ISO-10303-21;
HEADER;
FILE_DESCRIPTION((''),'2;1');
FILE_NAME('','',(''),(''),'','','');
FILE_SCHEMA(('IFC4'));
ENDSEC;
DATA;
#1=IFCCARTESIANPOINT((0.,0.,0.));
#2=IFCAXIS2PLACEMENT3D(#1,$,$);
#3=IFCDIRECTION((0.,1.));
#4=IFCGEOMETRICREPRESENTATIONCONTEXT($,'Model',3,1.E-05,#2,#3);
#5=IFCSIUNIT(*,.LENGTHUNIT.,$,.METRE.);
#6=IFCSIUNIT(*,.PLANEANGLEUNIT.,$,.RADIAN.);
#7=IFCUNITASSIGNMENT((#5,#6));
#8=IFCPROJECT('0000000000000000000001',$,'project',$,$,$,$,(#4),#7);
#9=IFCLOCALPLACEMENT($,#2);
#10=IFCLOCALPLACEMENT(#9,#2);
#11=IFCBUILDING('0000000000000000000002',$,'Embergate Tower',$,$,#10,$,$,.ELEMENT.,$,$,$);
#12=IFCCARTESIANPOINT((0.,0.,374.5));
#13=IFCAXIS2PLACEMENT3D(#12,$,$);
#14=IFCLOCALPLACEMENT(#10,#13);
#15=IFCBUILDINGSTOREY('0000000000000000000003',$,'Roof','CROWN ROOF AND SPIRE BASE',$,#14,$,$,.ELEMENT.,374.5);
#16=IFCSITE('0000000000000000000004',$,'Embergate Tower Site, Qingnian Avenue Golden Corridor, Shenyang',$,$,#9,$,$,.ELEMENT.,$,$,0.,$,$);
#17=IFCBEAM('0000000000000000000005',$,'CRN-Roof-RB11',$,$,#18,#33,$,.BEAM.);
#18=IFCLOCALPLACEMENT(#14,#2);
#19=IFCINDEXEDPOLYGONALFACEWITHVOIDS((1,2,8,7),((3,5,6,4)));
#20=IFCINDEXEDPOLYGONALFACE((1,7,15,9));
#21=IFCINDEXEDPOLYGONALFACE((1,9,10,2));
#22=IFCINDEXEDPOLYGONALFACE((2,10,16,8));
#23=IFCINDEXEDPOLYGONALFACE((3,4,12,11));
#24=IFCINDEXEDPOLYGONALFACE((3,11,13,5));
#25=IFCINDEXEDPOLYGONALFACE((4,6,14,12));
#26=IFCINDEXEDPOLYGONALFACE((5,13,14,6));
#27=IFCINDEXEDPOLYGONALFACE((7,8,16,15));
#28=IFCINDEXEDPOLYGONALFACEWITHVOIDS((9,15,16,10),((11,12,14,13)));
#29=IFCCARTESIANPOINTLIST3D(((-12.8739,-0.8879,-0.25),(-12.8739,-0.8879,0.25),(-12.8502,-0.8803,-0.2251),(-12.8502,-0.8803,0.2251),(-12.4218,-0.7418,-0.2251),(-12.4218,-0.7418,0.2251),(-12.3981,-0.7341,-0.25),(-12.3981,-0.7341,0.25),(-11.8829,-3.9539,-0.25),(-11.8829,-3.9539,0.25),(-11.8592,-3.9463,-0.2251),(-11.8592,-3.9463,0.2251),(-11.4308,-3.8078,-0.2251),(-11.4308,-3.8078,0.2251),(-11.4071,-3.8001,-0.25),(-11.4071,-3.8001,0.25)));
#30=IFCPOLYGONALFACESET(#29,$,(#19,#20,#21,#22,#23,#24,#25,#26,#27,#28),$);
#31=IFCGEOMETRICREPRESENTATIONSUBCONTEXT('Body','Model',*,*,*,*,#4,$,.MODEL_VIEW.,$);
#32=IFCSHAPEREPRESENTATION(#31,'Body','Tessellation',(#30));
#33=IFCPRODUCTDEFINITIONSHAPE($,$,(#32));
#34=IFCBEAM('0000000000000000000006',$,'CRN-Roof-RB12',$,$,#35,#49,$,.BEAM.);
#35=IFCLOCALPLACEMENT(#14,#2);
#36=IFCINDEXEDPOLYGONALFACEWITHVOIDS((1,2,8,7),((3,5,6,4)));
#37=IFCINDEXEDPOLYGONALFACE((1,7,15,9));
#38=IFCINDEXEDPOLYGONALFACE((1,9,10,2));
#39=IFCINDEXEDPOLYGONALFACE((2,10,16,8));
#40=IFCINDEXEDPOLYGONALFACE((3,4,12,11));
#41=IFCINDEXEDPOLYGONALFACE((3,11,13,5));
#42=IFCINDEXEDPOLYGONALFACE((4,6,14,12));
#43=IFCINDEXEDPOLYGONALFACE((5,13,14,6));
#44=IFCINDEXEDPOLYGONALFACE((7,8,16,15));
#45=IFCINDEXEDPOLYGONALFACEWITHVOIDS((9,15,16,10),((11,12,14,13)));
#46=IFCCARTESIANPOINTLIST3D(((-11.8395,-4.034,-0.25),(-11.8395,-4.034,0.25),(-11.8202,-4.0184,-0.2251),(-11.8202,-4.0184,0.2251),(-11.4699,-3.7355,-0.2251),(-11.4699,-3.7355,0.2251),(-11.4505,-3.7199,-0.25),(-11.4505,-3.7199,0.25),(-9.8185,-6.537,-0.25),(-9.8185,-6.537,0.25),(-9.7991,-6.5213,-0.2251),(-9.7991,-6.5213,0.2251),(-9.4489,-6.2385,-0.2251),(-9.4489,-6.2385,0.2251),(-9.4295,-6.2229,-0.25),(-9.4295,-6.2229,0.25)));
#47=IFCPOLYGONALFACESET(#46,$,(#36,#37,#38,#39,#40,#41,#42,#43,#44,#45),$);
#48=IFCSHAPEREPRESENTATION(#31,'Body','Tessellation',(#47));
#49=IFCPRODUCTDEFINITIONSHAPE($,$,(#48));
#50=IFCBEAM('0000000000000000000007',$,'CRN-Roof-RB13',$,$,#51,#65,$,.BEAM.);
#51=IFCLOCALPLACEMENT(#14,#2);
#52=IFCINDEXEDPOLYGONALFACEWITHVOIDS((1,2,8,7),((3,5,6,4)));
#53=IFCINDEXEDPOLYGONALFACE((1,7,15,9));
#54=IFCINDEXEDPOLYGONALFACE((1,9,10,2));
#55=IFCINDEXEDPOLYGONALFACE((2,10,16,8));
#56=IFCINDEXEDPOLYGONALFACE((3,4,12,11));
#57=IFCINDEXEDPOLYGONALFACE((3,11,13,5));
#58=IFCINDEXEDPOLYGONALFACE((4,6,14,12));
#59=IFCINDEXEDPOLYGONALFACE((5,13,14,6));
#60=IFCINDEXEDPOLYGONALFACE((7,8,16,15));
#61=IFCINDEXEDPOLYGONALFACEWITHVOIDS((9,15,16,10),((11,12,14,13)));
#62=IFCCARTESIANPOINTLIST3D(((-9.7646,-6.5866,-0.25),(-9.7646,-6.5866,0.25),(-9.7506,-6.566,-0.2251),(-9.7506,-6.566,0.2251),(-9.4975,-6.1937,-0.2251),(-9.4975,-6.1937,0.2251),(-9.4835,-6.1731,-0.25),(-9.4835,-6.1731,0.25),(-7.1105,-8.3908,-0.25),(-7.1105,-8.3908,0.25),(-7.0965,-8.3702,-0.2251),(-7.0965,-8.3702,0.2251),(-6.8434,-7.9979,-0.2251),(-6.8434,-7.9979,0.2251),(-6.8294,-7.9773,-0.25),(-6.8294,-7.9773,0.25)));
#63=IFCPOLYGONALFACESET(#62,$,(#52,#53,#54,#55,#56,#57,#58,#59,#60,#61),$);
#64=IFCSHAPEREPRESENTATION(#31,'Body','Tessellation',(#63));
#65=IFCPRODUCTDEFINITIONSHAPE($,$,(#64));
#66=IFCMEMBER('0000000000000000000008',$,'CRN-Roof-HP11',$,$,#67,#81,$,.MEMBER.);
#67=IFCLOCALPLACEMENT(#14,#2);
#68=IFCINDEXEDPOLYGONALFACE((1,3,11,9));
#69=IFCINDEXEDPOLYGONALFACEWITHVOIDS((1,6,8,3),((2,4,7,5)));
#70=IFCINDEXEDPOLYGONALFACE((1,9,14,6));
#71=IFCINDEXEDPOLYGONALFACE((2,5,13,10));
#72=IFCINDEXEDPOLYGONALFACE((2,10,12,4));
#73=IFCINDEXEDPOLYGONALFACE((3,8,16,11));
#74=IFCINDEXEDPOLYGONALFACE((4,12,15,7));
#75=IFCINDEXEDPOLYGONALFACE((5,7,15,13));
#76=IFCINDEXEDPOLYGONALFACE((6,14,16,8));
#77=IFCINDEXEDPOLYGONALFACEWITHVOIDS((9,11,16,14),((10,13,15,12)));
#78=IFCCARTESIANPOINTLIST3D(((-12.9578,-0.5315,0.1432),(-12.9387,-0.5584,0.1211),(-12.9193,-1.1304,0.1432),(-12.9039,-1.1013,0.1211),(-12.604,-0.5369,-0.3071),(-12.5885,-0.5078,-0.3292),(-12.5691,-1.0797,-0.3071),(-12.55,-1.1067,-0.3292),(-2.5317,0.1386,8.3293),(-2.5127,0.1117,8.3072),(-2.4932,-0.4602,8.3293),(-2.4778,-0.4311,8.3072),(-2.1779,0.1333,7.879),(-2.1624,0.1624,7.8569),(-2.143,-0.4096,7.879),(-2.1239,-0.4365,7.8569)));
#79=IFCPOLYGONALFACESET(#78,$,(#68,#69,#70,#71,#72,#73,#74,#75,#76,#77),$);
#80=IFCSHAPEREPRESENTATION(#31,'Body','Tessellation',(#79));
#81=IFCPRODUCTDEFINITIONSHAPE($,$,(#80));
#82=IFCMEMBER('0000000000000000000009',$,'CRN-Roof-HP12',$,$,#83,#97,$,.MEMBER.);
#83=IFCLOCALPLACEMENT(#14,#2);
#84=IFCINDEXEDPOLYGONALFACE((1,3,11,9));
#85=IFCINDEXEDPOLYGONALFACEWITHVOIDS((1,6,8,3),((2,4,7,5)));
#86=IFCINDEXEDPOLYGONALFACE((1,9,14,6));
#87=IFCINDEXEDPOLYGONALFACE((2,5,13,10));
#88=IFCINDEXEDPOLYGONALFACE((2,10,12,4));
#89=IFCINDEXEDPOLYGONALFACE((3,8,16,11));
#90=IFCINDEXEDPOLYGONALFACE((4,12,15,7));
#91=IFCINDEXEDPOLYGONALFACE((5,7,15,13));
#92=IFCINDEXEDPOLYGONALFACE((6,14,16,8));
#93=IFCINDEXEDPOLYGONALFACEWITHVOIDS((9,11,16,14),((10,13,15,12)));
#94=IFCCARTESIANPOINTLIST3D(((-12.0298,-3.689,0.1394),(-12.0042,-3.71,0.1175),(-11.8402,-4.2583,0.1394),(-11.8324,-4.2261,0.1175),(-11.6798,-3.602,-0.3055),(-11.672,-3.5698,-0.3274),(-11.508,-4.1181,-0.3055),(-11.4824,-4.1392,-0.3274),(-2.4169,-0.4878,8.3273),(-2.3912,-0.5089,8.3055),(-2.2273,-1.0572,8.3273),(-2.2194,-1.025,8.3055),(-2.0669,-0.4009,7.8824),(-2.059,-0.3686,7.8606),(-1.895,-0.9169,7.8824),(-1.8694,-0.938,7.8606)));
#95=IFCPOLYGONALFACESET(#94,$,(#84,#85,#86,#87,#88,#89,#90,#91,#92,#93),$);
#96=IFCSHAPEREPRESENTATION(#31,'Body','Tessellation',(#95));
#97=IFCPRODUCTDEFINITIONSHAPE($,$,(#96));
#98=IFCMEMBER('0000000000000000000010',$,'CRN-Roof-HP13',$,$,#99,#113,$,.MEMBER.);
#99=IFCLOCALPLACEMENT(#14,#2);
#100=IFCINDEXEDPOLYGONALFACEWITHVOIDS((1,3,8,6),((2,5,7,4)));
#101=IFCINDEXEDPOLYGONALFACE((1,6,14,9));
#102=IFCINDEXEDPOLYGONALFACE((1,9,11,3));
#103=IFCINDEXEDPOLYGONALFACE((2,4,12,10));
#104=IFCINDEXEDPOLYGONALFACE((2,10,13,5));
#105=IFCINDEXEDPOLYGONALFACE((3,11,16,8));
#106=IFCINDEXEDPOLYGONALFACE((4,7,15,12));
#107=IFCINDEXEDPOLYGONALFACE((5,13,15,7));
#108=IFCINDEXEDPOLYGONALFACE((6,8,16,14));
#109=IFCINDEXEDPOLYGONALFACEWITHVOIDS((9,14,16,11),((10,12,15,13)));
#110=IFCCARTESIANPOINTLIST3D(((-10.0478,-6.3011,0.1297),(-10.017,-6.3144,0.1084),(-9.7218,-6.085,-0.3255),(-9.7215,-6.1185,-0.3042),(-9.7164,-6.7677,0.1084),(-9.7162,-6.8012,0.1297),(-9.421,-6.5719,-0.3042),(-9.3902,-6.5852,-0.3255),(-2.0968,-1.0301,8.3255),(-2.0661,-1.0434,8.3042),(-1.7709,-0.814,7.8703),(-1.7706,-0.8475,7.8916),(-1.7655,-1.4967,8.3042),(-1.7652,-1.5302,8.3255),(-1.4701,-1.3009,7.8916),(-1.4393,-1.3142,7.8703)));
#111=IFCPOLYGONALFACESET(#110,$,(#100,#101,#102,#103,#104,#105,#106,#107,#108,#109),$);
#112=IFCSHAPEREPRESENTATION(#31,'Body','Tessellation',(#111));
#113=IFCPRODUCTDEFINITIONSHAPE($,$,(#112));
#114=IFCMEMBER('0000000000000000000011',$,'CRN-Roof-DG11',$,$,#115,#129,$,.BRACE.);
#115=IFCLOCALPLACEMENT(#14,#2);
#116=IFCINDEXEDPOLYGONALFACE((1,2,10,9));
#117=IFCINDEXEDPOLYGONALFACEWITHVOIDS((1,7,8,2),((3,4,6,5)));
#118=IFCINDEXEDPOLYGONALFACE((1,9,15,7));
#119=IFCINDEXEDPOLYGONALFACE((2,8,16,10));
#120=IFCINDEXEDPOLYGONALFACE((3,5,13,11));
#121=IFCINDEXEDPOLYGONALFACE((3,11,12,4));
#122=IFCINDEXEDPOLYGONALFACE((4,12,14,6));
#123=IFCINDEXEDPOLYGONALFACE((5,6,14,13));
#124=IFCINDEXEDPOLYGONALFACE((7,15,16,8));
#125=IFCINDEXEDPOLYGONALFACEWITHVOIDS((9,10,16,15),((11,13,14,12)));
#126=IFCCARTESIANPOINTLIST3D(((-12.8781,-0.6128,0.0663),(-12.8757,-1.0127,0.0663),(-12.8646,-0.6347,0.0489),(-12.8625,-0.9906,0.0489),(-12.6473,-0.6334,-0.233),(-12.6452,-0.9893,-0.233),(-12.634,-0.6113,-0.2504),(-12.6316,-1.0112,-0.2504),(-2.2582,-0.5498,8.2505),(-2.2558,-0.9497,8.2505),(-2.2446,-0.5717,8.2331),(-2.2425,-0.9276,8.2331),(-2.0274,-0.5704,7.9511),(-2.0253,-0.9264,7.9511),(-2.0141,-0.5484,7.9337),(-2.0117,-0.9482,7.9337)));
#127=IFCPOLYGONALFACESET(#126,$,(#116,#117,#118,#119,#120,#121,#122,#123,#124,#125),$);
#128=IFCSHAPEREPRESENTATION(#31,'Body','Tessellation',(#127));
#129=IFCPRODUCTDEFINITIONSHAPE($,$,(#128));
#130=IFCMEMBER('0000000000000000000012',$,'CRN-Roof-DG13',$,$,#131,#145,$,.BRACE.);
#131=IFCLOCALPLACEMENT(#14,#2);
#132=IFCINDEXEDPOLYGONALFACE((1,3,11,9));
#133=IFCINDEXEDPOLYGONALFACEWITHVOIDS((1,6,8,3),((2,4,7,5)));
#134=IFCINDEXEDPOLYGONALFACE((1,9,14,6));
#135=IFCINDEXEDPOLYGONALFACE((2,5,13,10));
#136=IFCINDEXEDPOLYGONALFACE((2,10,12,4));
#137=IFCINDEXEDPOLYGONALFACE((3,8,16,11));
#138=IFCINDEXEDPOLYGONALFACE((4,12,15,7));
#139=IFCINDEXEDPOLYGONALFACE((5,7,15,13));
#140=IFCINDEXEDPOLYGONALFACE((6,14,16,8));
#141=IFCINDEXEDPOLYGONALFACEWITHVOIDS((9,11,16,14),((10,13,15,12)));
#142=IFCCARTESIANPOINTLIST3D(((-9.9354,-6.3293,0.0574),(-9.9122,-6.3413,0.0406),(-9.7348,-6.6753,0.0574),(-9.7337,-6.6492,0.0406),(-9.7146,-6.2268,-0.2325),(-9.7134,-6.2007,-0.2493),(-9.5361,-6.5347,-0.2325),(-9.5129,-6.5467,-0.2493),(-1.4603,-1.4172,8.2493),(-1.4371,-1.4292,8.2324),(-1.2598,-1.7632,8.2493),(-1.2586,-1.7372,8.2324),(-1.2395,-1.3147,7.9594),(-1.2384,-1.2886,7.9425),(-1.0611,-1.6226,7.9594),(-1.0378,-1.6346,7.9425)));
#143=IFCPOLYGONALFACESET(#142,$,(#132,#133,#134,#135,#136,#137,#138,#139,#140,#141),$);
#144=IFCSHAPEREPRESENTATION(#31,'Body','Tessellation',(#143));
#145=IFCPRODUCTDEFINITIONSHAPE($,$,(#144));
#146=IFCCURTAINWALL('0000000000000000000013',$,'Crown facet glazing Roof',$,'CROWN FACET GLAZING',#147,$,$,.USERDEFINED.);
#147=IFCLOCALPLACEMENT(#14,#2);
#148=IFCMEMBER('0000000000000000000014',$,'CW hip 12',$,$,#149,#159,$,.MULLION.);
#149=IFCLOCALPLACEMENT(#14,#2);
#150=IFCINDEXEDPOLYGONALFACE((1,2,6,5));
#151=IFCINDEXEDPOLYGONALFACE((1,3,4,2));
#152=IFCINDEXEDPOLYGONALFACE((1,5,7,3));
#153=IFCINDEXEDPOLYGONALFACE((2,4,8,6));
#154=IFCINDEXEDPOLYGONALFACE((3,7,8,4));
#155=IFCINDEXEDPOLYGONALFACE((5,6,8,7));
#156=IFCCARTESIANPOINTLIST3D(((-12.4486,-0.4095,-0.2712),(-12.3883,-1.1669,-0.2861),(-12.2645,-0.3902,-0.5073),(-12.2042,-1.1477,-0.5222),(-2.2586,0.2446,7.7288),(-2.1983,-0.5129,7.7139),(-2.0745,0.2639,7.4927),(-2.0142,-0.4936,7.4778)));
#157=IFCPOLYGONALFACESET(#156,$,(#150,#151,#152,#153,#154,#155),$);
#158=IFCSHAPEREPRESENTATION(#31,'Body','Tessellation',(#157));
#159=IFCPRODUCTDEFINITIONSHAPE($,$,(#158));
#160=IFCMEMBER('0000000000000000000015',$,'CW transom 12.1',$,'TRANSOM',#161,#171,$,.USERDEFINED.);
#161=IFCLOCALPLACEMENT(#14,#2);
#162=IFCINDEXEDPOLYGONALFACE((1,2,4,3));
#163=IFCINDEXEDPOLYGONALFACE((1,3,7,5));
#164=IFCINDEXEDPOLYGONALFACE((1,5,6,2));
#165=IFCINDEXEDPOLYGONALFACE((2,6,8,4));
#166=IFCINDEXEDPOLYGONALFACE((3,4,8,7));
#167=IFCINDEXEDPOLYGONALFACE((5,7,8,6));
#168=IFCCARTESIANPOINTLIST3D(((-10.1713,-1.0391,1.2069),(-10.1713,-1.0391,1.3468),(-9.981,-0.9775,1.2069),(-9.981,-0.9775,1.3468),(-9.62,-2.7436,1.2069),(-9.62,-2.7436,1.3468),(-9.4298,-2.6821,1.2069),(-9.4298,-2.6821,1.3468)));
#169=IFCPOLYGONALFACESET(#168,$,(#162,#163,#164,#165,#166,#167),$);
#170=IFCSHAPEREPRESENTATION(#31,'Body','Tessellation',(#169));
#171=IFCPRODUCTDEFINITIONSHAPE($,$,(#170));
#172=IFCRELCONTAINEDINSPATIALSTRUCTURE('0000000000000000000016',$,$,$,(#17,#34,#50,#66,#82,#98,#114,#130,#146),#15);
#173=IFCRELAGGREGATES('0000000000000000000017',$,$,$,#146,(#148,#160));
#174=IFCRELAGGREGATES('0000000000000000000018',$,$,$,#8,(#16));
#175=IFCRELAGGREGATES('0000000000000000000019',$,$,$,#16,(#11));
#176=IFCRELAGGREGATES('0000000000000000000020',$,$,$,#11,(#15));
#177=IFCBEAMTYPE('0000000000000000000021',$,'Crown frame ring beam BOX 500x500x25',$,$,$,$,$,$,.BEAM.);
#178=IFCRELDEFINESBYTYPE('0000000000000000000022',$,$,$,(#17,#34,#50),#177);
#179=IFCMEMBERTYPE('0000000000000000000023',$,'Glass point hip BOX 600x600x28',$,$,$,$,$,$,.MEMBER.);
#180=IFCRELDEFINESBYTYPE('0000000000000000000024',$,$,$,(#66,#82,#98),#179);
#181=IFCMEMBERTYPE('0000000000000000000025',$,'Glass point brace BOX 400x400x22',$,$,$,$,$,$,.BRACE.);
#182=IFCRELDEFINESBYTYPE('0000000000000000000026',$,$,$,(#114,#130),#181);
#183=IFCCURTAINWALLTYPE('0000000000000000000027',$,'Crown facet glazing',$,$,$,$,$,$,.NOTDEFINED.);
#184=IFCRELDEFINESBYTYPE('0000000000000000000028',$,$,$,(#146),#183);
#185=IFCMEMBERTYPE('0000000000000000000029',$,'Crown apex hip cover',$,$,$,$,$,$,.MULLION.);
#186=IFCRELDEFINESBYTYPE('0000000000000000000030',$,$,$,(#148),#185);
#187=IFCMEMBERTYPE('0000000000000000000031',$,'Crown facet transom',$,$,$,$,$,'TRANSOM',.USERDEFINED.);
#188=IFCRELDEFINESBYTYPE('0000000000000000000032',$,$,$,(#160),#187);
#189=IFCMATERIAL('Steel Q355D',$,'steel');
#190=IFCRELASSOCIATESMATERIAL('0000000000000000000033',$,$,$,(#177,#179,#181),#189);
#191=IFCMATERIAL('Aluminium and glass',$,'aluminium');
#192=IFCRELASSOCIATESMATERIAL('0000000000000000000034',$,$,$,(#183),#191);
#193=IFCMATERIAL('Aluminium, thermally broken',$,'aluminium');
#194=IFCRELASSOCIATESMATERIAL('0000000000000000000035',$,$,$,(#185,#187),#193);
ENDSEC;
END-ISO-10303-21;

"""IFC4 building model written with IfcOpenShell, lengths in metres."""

from ifc_helpers import new_model, si_unit, direction, frame, origin, origin_2d, place, context, subcontext, project, spatial, rectangle, hollow_rectangle, extrude, source, transform, mapped, material, material_profile, profile_set, type_object, element, aggregate, save


model = new_model("IFC4")

# Units and contexts
model_context = context("Model", 3, precision=1e-05, world=origin(), true_north=direction((0.0, 1.0)))
body_context = subcontext(model_context, "Body", "Model", "MODEL_VIEW")
ifc_project = project(units=[si_unit("LENGTHUNIT", "METRE"), si_unit("PLANEANGLEUNIT", "RADIAN")], contexts=[model_context])

# Site, building, storey
site_placement = place(None, origin())
site = spatial("IfcSite", under=ifc_project, at=site_placement, Name="Embergate Tower Site, Qingnian Avenue Golden Corridor, Shenyang", CompositionType="ELEMENT", RefElevation=0.0)
building_placement = place(site_placement, origin())
building = spatial("IfcBuilding", under=site, at=building_placement, Name="Embergate Tower", CompositionType="ELEMENT")
storey_placement = place(building_placement, frame((0.0, 0.0, 374.5)))
storey = spatial("IfcBuildingStorey", under=building, at=storey_placement, Name="Roof", Description="CROWN ROOF AND SPIRE BASE", CompositionType="ELEMENT", Elevation=374.5)

# Beams
ifc_material_1 = material(Name="Steel Q355D", Category="steel")
ifc_material_profile_1 = material_profile(ifc_material_1, hollow_rectangle(XDim=0.5, YDim=0.5, WallThickness=0.0249, at=origin_2d()), Name="BOX 500x500x25")
ifc_profile_set_1 = profile_set([ifc_material_profile_1], Name="Steel Q355 grade D")
beam_type = type_object("IfcBeamType", Name="Crown frame ring beam BOX 500x500x25", PredefinedType="BEAM", material=ifc_profile_set_1)
shared_shape_1 = source(origin(), body_context, "Body", "SweptSolid", [
    extrude(hollow_rectangle(XDim=0.5, YDim=0.5, WallThickness=0.0249, at=origin_2d()), origin(), (0.0, 0.0, 1.0), 3.2222),
])
beam_1_placement = place(storey_placement, frame((-12.636, -0.811, 0.0), z_axis=(0.307554, -0.951531, 0.0), x_axis=(0.951531, 0.307554, 0.0)))
element("IfcBeam", 1, at=beam_1_placement, inside=storey, type_object=beam_type, Name="CRN-Roof-RB11", PredefinedType="BEAM", context=body_context, shape_type="MappedRepresentation", body=[
    mapped(shared_shape_1, transform((0.0, 0.0, 0.0))),
])
shared_shape_2 = source(origin(), body_context, "Body", "SweptSolid", [
    extrude(hollow_rectangle(XDim=0.5, YDim=0.5, WallThickness=0.0249, at=origin_2d()), origin(), (0.0, 0.0, 1.0), 3.217),
])
beam_2_placement = place(storey_placement, frame((-11.645, -3.877, 0.0), z_axis=(0.628224, -0.778032, 0.0), x_axis=(0.778032, 0.628224, 0.0)))
element("IfcBeam", 2, at=beam_2_placement, inside=storey, type_object=beam_type, Name="CRN-Roof-RB12", PredefinedType="BEAM", context=body_context, shape_type="MappedRepresentation", body=[
    mapped(shared_shape_2, transform((0.0, 0.0, 0.0))),
])
shared_shape_3 = source(origin(), body_context, "Body", "SweptSolid", [
    extrude(hollow_rectangle(XDim=0.5, YDim=0.5, WallThickness=0.0249, at=origin_2d()), origin(), (0.0, 0.0, 1.0), 3.2092),
])
beam_3_placement = place(storey_placement, frame((-9.624, -6.3799, 0.0), z_axis=(0.827007, -0.562191, 0.0), x_axis=(0.562191, 0.827007, 0.0)))
element("IfcBeam", 3, at=beam_3_placement, inside=storey, type_object=beam_type, Name="CRN-Roof-RB13", PredefinedType="BEAM", context=body_context, shape_type="MappedRepresentation", body=[
    mapped(shared_shape_3, transform((0.0, 0.0, 0.0))),
])

# Members
ifc_material_profile_2 = material_profile(ifc_material_1, hollow_rectangle(XDim=0.6001, YDim=0.6001, WallThickness=0.0281, at=origin_2d()), Name="BOX 600x600x28")
ifc_profile_set_2 = profile_set([ifc_material_profile_2], Name="Steel Q355 grade D")
member_type_1 = type_object("IfcMemberType", Name="Glass point hip BOX 600x600x28", PredefinedType="MEMBER", material=ifc_profile_set_2)
shared_shape_4 = source(origin(), body_context, "Body", "SweptSolid", [
    extrude(hollow_rectangle(XDim=0.6001, YDim=0.6001, WallThickness=0.0281, at=origin_2d()), origin(), (0.0, 0.0, 1.0), 13.2727),
])
member_1_placement = place(storey_placement, frame((-12.7539, -0.8191, -0.093), z_axis=(0.785529, 0.050492, 0.616761), x_axis=(-0.064146, 0.997941, 0.0)))
element("IfcMember", 4, at=member_1_placement, inside=storey, type_object=member_type_1, Name="CRN-Roof-HP11", PredefinedType="MEMBER", context=body_context, shape_type="MappedRepresentation", body=[
    mapped(shared_shape_4, transform((0.0, 0.0, 0.0))),
])
shared_shape_5 = source(origin(), body_context, "Body", "SweptSolid", [
    extrude(hollow_rectangle(XDim=0.6001, YDim=0.6001, WallThickness=0.0281, at=origin_2d()), origin(), (0.0, 0.0, 1.0), 13.0269),
])
member_2_placement = place(storey_placement, frame((-11.7561, -3.9141, -0.094), z_axis=(0.737935, 0.245735, 0.628543), x_axis=(-0.315946, 0.948777, 0.0)))
element("IfcMember", 5, at=member_2_placement, inside=storey, type_object=member_type_1, Name="CRN-Roof-HP12", PredefinedType="MEMBER", context=body_context, shape_type="MappedRepresentation", body=[
    mapped(shared_shape_5, transform((0.0, 0.0, 0.0))),
])
shared_shape_6 = source(origin(), body_context, "Body", "SweptSolid", [
    extrude(hollow_rectangle(XDim=0.6001, YDim=0.6001, WallThickness=0.0281, at=origin_2d()), origin(), (0.0, 0.0, 1.0), 12.5767),
])
member_3_placement = place(storey_placement, frame((-9.719, -6.4431, -0.0979), z_axis=(0.632198, 0.41911, 0.651669), x_axis=(-0.552549, 0.833481, 0.0)))
element("IfcMember", 6, at=member_3_placement, inside=storey, type_object=member_type_1, Name="CRN-Roof-HP13", PredefinedType="MEMBER", context=body_context, shape_type="MappedRepresentation", body=[
    mapped(shared_shape_6, transform((0.0, 0.0, 0.0))),
])
ifc_material_profile_3 = material_profile(ifc_material_1, hollow_rectangle(XDim=0.3999, YDim=0.3999, WallThickness=0.022, at=origin_2d()), Name="BOX 400x400x22")
ifc_profile_set_3 = profile_set([ifc_material_profile_3], Name="Steel Q355 grade D")
member_type_2 = type_object("IfcMemberType", Name="Glass point brace BOX 400x400x22", PredefinedType="BRACE", material=ifc_profile_set_3)
shared_shape_7 = source(origin(), body_context, "Body", "SweptSolid", [
    extrude(hollow_rectangle(XDim=0.3999, YDim=0.3999, WallThickness=0.022, at=origin_2d()), origin(), (0.0, 0.0, 1.0), 13.4077),
])
member_4_placement = place(storey_placement, frame((-12.7549, -0.812, -0.092), z_axis=(0.792076, 0.004698, 0.610404), x_axis=(-0.005931, 0.999982, 0.0)))
element("IfcMember", 7, at=member_4_placement, inside=storey, type_object=member_type_2, Name="CRN-Roof-DG11", PredefinedType="BRACE", context=body_context, shape_type="MappedRepresentation", body=[
    mapped(shared_shape_7, transform((0.0, 0.0, 0.0))),
])
shared_shape_8 = source(origin(), body_context, "Body", "SweptSolid", [
    extrude(hollow_rectangle(XDim=0.3999, YDim=0.3999, WallThickness=0.022, at=origin_2d()), origin(), (0.0, 0.0, 1.0), 12.7695),
])
member_5_placement = place(storey_placement, frame((-9.7241, -6.438, -0.0959), z_axis=(0.663692, 0.384671, 0.641514), x_axis=(-0.501455, 0.865184, 0.0)))
element("IfcMember", 8, at=member_5_placement, inside=storey, type_object=member_type_2, Name="CRN-Roof-DG13", PredefinedType="BRACE", context=body_context, shape_type="MappedRepresentation", body=[
    mapped(shared_shape_8, transform((0.0, 0.0, 0.0))),
])

# Curtain wall, members
ifc_material_2 = material(Name="Aluminium and glass", Category="aluminium")
curtain_wall_type = type_object("IfcCurtainWallType", Name="Crown facet glazing", PredefinedType="NOTDEFINED", material=ifc_material_2)
curtain_wall_placement = place(storey_placement, origin())
curtain_wall = element("IfcCurtainWall", 9, at=curtain_wall_placement, inside=storey, type_object=curtain_wall_type, Name="Crown facet glazing Roof", ObjectType="CROWN FACET GLAZING", PredefinedType="USERDEFINED")
ifc_material_3 = material(Name="Aluminium, thermally broken", Category="aluminium")
ifc_material_profile_4 = material_profile(ifc_material_3, rectangle(XDim=0.3, YDim=0.76, at=origin_2d()), Name="AL 760x300")
ifc_profile_set_4 = profile_set([ifc_material_profile_4], Name="Aluminium, thermally broken")
member_type_3 = type_object("IfcMemberType", Name="Crown apex hip cover", PredefinedType="MULLION", material=ifc_profile_set_4)
shared_shape_9 = source(origin(), body_context, "Body", "SweptSolid", [
    extrude(rectangle(XDim=0.3, YDim=0.76, at=origin_2d()), origin(), (0.0, 0.0, 1.0), 12.9717),
])
member_6_placement = place(storey_placement, frame((-12.3264, -0.7786, -0.3967), z_axis=(0.785557, 0.050422, 0.616731), x_axis=(-0.613682, -0.064309, 0.78693)))
member_6 = element("IfcMember", 10, at=member_6_placement, type_object=member_type_3, Name="CW hip 12", PredefinedType="MULLION", context=body_context, shape_type="MappedRepresentation", body=[
    mapped(shared_shape_9, transform((0.0, 0.0, 0.0))),
])
ifc_material_profile_5 = material_profile(ifc_material_3, rectangle(XDim=0.2, YDim=0.1399, at=origin_2d()), Name="AL 140x200")
ifc_profile_set_5 = profile_set([ifc_material_profile_5], Name="Aluminium, thermally broken")
member_type_4 = type_object("IfcMemberType", Name="Crown facet transom", ElementType="TRANSOM", PredefinedType="USERDEFINED", material=ifc_profile_set_5)
shared_shape_10 = source(origin(), body_context, "Body", "SweptSolid", [
    extrude(rectangle(XDim=0.2, YDim=0.1399, at=origin_2d()), origin(), (0.0, 0.0, 1.0), 1.7915),
])
member_7_placement = place(storey_placement, frame((-10.0762, -1.0083, 1.2769), z_axis=(0.307711, -0.95148, 0.0), x_axis=(0.95148, 0.307711, 0.0)))
member_7 = element("IfcMember", 11, at=member_7_placement, type_object=member_type_4, Name="CW transom 12.1", ObjectType="TRANSOM", PredefinedType="USERDEFINED", context=body_context, shape_type="MappedRepresentation", body=[
    mapped(shared_shape_10, transform((0.0, 0.0, 0.0))),
])
aggregate(curtain_wall, [member_6, member_7])

save(model, "model.ifc")
